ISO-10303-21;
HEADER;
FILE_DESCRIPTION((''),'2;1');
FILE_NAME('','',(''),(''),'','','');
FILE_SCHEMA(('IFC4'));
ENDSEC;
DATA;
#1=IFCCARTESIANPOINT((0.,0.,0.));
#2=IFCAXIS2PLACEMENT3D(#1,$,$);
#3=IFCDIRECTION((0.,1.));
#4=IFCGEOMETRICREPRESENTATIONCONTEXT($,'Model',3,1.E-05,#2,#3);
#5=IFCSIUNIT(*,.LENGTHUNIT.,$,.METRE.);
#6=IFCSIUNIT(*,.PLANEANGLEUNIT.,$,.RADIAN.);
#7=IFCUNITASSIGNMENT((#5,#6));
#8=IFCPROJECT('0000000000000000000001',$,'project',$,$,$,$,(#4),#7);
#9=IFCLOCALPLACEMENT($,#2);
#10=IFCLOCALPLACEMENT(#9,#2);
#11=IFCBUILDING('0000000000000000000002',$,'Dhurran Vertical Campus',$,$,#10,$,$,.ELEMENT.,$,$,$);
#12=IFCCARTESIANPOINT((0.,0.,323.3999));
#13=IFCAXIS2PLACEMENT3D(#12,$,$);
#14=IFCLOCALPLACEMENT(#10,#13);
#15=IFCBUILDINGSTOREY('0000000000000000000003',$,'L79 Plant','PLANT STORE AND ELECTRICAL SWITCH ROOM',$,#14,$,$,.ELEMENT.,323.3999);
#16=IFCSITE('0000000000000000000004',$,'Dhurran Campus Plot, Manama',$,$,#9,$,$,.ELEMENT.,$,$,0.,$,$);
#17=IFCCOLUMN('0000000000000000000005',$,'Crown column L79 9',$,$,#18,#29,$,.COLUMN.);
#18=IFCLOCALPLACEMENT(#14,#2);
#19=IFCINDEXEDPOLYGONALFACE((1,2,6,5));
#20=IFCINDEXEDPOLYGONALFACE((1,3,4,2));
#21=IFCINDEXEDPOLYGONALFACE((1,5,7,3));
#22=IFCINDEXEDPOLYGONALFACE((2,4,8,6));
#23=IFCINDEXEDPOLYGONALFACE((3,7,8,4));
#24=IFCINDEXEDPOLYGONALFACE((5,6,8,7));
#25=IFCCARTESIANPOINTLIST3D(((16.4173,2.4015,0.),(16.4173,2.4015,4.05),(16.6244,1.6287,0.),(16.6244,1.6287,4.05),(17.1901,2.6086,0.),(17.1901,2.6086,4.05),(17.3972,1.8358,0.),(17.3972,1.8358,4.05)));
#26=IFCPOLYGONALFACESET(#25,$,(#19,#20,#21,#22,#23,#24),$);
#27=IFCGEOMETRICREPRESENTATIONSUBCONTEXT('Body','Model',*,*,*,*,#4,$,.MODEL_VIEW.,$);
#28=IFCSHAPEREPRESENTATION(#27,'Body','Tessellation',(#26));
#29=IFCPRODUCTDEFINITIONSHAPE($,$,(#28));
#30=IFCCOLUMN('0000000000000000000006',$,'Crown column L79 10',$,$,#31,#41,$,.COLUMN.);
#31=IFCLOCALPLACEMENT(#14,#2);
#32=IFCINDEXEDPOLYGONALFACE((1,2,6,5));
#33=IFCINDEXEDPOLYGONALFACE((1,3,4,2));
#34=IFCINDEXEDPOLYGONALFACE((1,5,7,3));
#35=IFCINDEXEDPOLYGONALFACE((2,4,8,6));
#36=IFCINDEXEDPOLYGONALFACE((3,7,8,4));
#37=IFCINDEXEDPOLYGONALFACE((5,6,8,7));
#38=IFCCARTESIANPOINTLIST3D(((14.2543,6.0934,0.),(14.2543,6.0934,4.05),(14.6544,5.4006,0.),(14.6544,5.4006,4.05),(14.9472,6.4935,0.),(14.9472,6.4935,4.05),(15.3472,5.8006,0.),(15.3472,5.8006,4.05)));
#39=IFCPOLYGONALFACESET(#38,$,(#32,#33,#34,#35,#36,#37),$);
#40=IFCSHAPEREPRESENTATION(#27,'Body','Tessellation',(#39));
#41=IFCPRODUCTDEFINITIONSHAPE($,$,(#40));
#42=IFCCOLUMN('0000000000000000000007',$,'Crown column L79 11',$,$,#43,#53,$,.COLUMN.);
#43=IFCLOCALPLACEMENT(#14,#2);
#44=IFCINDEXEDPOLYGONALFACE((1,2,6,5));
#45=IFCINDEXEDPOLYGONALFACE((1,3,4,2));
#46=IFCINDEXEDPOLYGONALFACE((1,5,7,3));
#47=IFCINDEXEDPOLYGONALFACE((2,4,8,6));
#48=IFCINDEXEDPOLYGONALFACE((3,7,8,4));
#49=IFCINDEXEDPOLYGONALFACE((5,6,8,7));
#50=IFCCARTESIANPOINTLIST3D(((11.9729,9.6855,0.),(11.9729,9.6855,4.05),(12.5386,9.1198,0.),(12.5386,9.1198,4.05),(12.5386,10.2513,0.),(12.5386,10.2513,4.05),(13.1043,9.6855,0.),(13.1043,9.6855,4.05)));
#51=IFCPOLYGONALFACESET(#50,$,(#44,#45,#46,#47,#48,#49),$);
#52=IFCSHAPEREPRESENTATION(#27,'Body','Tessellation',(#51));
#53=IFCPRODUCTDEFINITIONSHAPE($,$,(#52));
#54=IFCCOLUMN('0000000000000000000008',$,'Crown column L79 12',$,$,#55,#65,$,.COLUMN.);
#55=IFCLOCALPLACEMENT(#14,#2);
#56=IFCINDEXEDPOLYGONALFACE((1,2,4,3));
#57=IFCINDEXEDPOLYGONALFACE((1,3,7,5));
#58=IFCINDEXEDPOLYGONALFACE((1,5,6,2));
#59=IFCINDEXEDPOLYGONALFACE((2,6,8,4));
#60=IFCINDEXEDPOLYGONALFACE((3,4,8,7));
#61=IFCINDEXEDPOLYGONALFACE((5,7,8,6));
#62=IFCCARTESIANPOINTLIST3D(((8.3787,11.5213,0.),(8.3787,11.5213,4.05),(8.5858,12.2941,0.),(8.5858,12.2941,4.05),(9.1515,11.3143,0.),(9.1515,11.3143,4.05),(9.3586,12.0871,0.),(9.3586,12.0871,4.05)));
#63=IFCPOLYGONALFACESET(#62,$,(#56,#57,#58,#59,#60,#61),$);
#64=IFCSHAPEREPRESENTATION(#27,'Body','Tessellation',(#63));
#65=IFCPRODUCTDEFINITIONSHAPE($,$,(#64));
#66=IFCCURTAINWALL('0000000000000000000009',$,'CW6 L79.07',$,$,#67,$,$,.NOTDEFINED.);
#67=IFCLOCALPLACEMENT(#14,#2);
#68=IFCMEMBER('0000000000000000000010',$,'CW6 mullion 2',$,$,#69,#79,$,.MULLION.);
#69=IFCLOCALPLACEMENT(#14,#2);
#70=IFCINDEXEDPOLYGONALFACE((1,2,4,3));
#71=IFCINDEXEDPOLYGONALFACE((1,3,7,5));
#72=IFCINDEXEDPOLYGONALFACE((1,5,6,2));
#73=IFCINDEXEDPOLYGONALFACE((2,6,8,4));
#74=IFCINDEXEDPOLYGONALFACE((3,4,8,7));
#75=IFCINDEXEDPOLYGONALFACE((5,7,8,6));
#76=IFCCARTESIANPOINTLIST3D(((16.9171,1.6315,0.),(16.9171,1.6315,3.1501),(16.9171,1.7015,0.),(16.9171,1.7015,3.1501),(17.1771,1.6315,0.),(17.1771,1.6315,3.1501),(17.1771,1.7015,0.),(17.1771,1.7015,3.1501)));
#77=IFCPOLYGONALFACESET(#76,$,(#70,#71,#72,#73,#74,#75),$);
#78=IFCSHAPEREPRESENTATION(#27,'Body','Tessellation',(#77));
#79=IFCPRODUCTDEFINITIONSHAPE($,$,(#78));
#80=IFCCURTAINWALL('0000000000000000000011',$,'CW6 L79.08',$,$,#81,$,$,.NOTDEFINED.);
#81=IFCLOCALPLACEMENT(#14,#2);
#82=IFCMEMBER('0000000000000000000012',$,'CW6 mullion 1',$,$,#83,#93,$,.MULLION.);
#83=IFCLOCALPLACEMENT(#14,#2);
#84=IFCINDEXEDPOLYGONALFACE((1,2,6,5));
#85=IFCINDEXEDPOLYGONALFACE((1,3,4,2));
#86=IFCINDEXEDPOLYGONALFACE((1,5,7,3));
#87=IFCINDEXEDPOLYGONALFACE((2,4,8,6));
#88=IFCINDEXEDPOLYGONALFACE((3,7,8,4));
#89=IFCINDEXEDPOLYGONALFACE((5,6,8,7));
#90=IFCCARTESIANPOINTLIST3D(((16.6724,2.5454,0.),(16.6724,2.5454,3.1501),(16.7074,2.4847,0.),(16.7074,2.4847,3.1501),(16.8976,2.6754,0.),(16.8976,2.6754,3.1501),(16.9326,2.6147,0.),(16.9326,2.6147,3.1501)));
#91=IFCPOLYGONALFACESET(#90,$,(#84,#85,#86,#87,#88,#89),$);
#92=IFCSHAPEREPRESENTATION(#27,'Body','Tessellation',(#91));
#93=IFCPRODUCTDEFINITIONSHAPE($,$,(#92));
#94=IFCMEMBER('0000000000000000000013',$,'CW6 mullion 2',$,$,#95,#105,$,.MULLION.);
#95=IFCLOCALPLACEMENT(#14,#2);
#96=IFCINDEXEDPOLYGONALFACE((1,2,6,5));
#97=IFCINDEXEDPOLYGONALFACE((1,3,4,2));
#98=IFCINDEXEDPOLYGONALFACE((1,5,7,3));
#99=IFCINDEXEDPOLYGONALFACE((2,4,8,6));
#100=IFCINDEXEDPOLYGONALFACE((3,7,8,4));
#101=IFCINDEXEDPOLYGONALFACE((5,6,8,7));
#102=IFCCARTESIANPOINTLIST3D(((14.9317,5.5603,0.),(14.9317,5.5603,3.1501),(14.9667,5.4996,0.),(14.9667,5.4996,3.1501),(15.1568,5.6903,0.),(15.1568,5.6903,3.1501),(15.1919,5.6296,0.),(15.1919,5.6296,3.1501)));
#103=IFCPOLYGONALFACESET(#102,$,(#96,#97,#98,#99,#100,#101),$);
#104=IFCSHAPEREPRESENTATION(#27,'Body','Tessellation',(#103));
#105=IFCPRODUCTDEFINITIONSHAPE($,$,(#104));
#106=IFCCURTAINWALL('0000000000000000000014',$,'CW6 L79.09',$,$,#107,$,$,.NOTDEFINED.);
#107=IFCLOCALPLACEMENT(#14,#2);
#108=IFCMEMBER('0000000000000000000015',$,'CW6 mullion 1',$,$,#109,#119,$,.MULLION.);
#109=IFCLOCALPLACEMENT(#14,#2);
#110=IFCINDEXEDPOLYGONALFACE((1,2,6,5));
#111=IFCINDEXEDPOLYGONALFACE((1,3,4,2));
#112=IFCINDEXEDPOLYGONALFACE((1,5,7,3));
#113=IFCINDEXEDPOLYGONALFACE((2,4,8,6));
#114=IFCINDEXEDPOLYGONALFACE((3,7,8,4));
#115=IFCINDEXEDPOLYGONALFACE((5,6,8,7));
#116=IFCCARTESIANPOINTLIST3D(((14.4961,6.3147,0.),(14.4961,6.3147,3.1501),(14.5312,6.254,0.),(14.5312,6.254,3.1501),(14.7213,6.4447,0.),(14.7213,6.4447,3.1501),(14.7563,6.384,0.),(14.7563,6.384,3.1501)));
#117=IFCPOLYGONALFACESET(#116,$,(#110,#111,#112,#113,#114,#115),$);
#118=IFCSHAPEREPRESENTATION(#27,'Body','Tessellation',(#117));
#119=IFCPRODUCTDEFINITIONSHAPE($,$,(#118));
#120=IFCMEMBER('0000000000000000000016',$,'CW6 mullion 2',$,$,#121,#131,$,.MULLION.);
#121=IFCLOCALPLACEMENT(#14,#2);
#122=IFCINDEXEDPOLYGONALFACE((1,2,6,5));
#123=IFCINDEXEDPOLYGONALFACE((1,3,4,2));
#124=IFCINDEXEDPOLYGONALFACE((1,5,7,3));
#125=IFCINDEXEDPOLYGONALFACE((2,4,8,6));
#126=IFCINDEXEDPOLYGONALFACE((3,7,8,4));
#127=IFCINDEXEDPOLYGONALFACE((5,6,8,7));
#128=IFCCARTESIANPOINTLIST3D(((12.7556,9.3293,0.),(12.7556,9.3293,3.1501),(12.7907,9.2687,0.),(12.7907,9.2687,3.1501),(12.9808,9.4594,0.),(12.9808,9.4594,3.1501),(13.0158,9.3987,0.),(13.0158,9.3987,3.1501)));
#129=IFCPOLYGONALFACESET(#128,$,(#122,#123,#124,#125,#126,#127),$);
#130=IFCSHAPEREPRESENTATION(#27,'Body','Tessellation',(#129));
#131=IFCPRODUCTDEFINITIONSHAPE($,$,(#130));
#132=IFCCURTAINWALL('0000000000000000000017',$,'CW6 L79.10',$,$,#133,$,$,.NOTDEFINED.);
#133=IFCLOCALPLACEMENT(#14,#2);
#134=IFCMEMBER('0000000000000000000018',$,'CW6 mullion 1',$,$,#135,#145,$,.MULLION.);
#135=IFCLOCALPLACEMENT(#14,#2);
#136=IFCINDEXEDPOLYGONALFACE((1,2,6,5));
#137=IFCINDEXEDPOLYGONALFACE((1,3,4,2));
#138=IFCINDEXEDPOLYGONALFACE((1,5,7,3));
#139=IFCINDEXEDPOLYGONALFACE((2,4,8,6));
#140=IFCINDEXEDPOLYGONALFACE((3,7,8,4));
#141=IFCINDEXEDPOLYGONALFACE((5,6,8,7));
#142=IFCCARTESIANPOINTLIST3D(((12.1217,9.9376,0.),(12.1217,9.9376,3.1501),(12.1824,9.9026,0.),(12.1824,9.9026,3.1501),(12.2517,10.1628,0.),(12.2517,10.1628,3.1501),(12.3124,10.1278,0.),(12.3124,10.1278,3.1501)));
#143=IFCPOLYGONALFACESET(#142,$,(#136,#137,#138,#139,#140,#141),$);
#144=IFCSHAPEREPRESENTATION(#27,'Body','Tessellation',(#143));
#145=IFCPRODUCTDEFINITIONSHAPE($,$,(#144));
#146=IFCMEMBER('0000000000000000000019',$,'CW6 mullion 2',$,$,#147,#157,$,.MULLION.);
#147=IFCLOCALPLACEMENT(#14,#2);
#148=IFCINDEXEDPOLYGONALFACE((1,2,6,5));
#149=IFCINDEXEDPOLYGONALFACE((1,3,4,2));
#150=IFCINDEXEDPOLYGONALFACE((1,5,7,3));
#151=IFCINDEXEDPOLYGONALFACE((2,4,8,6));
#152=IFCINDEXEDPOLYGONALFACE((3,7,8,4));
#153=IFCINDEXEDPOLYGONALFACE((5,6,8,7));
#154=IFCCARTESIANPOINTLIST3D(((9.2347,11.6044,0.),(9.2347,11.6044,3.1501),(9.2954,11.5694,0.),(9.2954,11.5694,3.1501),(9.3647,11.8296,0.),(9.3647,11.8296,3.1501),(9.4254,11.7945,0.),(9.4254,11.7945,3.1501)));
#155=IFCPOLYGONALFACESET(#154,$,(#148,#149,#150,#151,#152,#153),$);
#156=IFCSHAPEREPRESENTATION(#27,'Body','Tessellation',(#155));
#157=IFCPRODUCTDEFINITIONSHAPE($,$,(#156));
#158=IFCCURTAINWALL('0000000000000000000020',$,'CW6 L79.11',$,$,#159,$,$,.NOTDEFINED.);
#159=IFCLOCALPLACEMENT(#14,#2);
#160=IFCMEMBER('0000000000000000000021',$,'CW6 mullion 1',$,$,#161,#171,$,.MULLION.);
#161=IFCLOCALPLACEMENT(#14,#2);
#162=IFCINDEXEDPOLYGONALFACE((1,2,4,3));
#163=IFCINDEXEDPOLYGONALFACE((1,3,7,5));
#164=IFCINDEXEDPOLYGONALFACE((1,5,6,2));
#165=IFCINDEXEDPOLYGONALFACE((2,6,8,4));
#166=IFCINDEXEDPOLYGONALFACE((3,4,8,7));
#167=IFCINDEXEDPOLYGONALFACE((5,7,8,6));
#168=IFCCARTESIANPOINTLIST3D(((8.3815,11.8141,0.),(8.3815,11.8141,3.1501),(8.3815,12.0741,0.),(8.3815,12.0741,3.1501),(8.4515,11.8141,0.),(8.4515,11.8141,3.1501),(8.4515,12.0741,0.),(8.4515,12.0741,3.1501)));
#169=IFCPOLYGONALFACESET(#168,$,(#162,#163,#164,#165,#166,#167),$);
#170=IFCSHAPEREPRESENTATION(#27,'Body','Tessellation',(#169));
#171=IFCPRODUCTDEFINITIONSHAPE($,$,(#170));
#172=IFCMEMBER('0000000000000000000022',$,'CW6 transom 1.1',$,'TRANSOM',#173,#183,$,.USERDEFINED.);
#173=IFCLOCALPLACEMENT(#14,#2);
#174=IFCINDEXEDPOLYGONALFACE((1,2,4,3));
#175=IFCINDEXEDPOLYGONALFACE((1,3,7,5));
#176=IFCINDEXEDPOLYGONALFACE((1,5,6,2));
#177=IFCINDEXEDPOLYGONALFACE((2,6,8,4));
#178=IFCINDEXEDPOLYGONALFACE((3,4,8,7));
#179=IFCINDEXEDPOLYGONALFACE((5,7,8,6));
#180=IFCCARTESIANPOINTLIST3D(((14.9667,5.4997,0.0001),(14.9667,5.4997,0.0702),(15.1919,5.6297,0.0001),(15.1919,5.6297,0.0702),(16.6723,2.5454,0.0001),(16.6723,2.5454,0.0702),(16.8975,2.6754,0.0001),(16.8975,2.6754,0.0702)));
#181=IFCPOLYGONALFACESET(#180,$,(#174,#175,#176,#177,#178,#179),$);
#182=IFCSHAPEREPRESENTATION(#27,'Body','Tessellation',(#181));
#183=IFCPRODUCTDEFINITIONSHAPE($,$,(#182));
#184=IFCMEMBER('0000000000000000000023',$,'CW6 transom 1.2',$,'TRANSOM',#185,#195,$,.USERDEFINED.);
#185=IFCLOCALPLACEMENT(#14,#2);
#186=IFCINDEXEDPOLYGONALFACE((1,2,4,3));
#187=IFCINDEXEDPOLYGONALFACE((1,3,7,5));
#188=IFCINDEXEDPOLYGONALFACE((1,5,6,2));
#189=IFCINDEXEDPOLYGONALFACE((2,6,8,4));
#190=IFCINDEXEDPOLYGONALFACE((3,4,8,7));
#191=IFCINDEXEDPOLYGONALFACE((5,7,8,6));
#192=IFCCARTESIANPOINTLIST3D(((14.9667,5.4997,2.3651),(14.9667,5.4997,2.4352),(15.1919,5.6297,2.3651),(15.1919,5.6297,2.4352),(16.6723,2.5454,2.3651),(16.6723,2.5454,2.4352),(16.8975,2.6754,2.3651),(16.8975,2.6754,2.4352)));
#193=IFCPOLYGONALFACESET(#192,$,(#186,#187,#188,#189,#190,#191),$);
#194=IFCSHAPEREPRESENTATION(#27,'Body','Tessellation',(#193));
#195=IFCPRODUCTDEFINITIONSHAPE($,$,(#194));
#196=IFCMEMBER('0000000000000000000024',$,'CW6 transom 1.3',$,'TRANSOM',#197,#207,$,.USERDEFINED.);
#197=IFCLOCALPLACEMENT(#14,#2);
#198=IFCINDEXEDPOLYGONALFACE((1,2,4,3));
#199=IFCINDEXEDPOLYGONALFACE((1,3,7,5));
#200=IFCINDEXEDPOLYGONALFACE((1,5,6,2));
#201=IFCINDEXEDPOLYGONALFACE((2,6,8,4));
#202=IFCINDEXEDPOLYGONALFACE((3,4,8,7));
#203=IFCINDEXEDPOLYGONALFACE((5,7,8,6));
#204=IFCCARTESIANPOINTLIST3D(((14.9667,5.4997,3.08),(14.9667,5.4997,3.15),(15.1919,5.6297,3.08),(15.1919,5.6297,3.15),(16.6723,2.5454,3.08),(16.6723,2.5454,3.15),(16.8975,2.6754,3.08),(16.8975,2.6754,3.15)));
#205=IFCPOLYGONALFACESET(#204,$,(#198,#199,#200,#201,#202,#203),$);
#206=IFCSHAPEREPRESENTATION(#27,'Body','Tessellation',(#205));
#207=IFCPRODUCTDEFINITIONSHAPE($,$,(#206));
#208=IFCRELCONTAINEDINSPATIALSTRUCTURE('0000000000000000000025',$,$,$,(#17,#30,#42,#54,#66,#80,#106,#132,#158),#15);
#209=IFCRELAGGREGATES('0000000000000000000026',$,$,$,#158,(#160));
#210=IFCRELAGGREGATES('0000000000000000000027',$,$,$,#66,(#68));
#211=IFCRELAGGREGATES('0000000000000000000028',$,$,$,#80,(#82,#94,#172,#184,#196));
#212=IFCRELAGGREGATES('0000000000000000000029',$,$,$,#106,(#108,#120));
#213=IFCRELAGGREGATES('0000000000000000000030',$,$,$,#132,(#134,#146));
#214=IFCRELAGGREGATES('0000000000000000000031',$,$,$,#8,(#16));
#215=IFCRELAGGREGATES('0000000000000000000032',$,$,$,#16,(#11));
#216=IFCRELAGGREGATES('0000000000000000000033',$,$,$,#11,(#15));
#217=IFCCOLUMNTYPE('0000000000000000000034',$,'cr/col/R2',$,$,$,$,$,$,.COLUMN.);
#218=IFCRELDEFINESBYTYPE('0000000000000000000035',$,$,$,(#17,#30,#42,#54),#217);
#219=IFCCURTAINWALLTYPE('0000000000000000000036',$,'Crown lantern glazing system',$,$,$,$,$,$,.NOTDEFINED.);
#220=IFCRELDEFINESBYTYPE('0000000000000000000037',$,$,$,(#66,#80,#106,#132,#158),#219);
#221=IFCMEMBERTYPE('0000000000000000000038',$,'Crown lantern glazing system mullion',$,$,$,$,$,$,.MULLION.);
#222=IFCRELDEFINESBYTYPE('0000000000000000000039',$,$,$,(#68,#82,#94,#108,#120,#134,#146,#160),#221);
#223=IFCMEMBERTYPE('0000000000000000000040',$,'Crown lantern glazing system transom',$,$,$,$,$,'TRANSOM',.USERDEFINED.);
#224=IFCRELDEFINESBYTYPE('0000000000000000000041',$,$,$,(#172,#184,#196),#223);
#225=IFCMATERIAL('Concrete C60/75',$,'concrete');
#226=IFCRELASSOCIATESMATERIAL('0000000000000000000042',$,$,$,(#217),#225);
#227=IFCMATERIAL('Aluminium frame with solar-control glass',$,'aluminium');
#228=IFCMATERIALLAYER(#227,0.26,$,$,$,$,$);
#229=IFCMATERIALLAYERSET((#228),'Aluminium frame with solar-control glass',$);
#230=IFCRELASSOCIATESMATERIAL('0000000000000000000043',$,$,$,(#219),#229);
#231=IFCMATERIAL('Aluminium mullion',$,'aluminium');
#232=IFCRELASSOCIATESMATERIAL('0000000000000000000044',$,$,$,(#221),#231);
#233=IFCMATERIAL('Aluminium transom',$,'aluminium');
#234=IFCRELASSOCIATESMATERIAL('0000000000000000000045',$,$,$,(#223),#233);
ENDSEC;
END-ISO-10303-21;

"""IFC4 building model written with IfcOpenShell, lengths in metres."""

from ifc_helpers import new_model, si_unit, direction, frame, origin, origin_2d, place, context, subcontext, project, spatial, rectangle, extrude, material, layer, layer_set, material_profile, profile_set, type_object, element, aggregate, save


model = new_model("IFC4")

# Units and contexts
model_context = context("Model", 3, precision=1e-05, world=origin(), true_north=direction((0.0, 1.0)))
body_context = subcontext(model_context, "Body", "Model", "MODEL_VIEW")
ifc_project = project(units=[si_unit("LENGTHUNIT", "METRE"), si_unit("PLANEANGLEUNIT", "RADIAN")], contexts=[model_context])

# Site, building, storey
site_placement = place(None, origin())
site = spatial("IfcSite", under=ifc_project, at=site_placement, Name="Dhurran Campus Plot, Manama", CompositionType="ELEMENT", RefElevation=0.0)
building_placement = place(site_placement, origin())
building = spatial("IfcBuilding", under=site, at=building_placement, Name="Dhurran Vertical Campus", CompositionType="ELEMENT")
storey_placement = place(building_placement, frame((0.0, 0.0, 323.3999)))
storey = spatial("IfcBuildingStorey", under=building, at=storey_placement, Name="L79 Plant", Description="PLANT STORE AND ELECTRICAL SWITCH ROOM", CompositionType="ELEMENT", Elevation=323.3999)

# Columns
ifc_material_1 = material(Name="Concrete C60/75", Category="concrete")
ifc_material_profile_1 = material_profile(ifc_material_1, rectangle(XDim=0.8, YDim=0.8, at=origin_2d()), Name="cr/col/R2")
ifc_profile_set_1 = profile_set([ifc_material_profile_1], Name="Concrete C60/75")
column_type = type_object("IfcColumnType", Name="cr/col/R2", PredefinedType="COLUMN", material=ifc_profile_set_1)
for number, where, z_axis, x_axis, name in (
    (1, (16.9072, 2.1187, 0.0), (0.0, 0.0, 1.0), (-0.258819, 0.965926, 0.0), "Crown column L79 9"),
    (2, (14.8008, 5.947, 0.0), (0.0, 0.0, 1.0), (-0.5, 0.866025, 0.0), "Crown column L79 10"),
    (3, (12.5386, 9.6855, 0.0), (0.0, 0.0, 1.0), (-0.707107, 0.707107, 0.0), "Crown column L79 11"),
    (4, (8.8687, 11.8042, 0.0), (0.0, 0.0, 1.0), (-0.965926, 0.258819, 0.0), "Crown column L79 12"),
):
    element("IfcColumn", number, at=place(storey_placement, frame(where, z_axis=z_axis, x_axis=x_axis)), inside=storey, type_object=column_type, Name=name, PredefinedType="COLUMN", context=body_context, shape_type="SweptSolid", body=[
        extrude(rectangle(XDim=0.8, YDim=0.8, at=origin_2d()), origin(), (0.0, 0.0, 1.0), 4.05),
    ])

# Curtain wall, member
ifc_material_2 = material(Name="Aluminium frame with solar-control glass", Category="aluminium")
ifc_layer_1 = layer(ifc_material_2, 0.26)
ifc_layer_set_1 = layer_set([ifc_layer_1], Name="Aluminium frame with solar-control glass")
curtain_wall_type = type_object("IfcCurtainWallType", Name="Crown lantern glazing system", PredefinedType="NOTDEFINED", material=ifc_layer_set_1)
curtain_wall_1_placement = place(storey_placement, origin())
curtain_wall_1 = element("IfcCurtainWall", 5, at=curtain_wall_1_placement, inside=storey, type_object=curtain_wall_type, Name="CW6 L79.07", PredefinedType="NOTDEFINED")
ifc_material_3 = material(Name="Aluminium mullion", Category="aluminium")
ifc_material_profile_2 = material_profile(ifc_material_3, rectangle(XDim=0.26, YDim=0.0701, at=origin_2d()), Name="Crown lantern glazing system mullion")
ifc_profile_set_2 = profile_set([ifc_material_profile_2], Name="Aluminium mullion")
member_type_1 = type_object("IfcMemberType", Name="Crown lantern glazing system mullion", PredefinedType="MULLION", material=ifc_profile_set_2)
member_1_placement = place(storey_placement, frame((17.0471, 1.6665, 0.0), z_axis=(0.0, 0.0, 1.0), x_axis=(-1.0, 0.0, 0.0)))
member_1 = element("IfcMember", 6, at=member_1_placement, type_object=member_type_1, Name="CW6 mullion 2", PredefinedType="MULLION", context=body_context, shape_type="SweptSolid", body=[
    extrude(rectangle(XDim=0.26, YDim=0.0701, at=origin_2d()), origin(), (0.0, 0.0, 1.0), 3.1501),
])

# Curtain walls, members
curtain_wall_2_placement = place(storey_placement, origin())
curtain_wall_2 = element("IfcCurtainWall", 7, at=curtain_wall_2_placement, inside=storey, type_object=curtain_wall_type, Name="CW6 L79.08", PredefinedType="NOTDEFINED")
member_2_placement = place(storey_placement, frame((16.8025, 2.5801, 0.0), z_axis=(0.0, 0.0, 1.0), x_axis=(-0.86603, -0.499991, 0.0)))
member_2 = element("IfcMember", 8, at=member_2_placement, type_object=member_type_1, Name="CW6 mullion 1", PredefinedType="MULLION", context=body_context, shape_type="SweptSolid", body=[
    extrude(rectangle(XDim=0.26, YDim=0.0701, at=origin_2d()), origin(), (0.0, 0.0, 1.0), 3.1501),
])
member_3_placement = place(storey_placement, frame((15.0618, 5.595, 0.0), z_axis=(0.0, 0.0, 1.0), x_axis=(-0.86603, -0.499991, 0.0)))
member_3 = element("IfcMember", 9, at=member_3_placement, type_object=member_type_1, Name="CW6 mullion 2", PredefinedType="MULLION", context=body_context, shape_type="SweptSolid", body=[
    extrude(rectangle(XDim=0.26, YDim=0.0701, at=origin_2d()), origin(), (0.0, 0.0, 1.0), 3.1501),
])
curtain_wall_3_placement = place(storey_placement, origin())
curtain_wall_3 = element("IfcCurtainWall", 10, at=curtain_wall_3_placement, inside=storey, type_object=curtain_wall_type, Name="CW6 L79.09", PredefinedType="NOTDEFINED")
member_4_placement = place(storey_placement, frame((14.6262, 6.3494, 0.0), z_axis=(0.0, 0.0, 1.0), x_axis=(-0.866016, -0.500016, 0.0)))
member_4 = element("IfcMember", 11, at=member_4_placement, type_object=member_type_1, Name="CW6 mullion 1", PredefinedType="MULLION", context=body_context, shape_type="SweptSolid", body=[
    extrude(rectangle(XDim=0.26, YDim=0.0701, at=origin_2d()), origin(), (0.0, 0.0, 1.0), 3.1501),
])
member_5_placement = place(storey_placement, frame((12.8857, 9.364, 0.0), z_axis=(0.0, 0.0, 1.0), x_axis=(-0.866016, -0.500016, 0.0)))
member_5 = element("IfcMember", 12, at=member_5_placement, type_object=member_type_1, Name="CW6 mullion 2", PredefinedType="MULLION", context=body_context, shape_type="SweptSolid", body=[
    extrude(rectangle(XDim=0.26, YDim=0.0701, at=origin_2d()), origin(), (0.0, 0.0, 1.0), 3.1501),
])
curtain_wall_4_placement = place(storey_placement, origin())
curtain_wall_4 = element("IfcCurtainWall", 13, at=curtain_wall_4_placement, inside=storey, type_object=curtain_wall_type, Name="CW6 L79.10", PredefinedType="NOTDEFINED")
member_6_placement = place(storey_placement, frame((12.217, 10.0327, 0.0), z_axis=(0.0, 0.0, 1.0), x_axis=(-0.499991, -0.86603, 0.0)))
member_6 = element("IfcMember", 14, at=member_6_placement, type_object=member_type_1, Name="CW6 mullion 1", PredefinedType="MULLION", context=body_context, shape_type="SweptSolid", body=[
    extrude(rectangle(XDim=0.26, YDim=0.0701, at=origin_2d()), origin(), (0.0, 0.0, 1.0), 3.1501),
])
member_7_placement = place(storey_placement, frame((9.3301, 11.6995, 0.0), z_axis=(0.0, 0.0, 1.0), x_axis=(-0.499991, -0.86603, 0.0)))
member_7 = element("IfcMember", 15, at=member_7_placement, type_object=member_type_1, Name="CW6 mullion 2", PredefinedType="MULLION", context=body_context, shape_type="SweptSolid", body=[
    extrude(rectangle(XDim=0.26, YDim=0.0701, at=origin_2d()), origin(), (0.0, 0.0, 1.0), 3.1501),
])

# Curtain wall, member
curtain_wall_5_placement = place(storey_placement, origin())
curtain_wall_5 = element("IfcCurtainWall", 16, at=curtain_wall_5_placement, inside=storey, type_object=curtain_wall_type, Name="CW6 L79.11", PredefinedType="NOTDEFINED")
member_8_placement = place(storey_placement, frame((8.4165, 11.9441, 0.0), z_axis=(0.0, 0.0, 1.0), x_axis=(0.0, -1.0, 0.0)))
member_8 = element("IfcMember", 17, at=member_8_placement, type_object=member_type_1, Name="CW6 mullion 1", PredefinedType="MULLION", context=body_context, shape_type="SweptSolid", body=[
    extrude(rectangle(XDim=0.26, YDim=0.0701, at=origin_2d()), origin(), (0.0, 0.0, 1.0), 3.1501),
])

# Members
ifc_material_4 = material(Name="Aluminium transom", Category="aluminium")
ifc_material_profile_3 = material_profile(ifc_material_4, rectangle(XDim=0.26, YDim=0.0701, at=origin_2d()), Name="Crown lantern glazing system transom")
ifc_profile_set_3 = profile_set([ifc_material_profile_3], Name="Aluminium transom")
member_type_2 = type_object("IfcMemberType", Name="Crown lantern glazing system transom", ElementType="TRANSOM", PredefinedType="USERDEFINED", material=ifc_profile_set_3)
member_9_placement = place(storey_placement, frame((16.7849, 2.6104, 0.0352), z_axis=(-0.499972, 0.866041, 0.0), x_axis=(-0.866041, -0.499972, 0.0)))
member_9 = element("IfcMember", 18, at=member_9_placement, type_object=member_type_2, Name="CW6 transom 1.1", ObjectType="TRANSOM", PredefinedType="USERDEFINED", context=body_context, shape_type="SweptSolid", body=[
    extrude(rectangle(XDim=0.26, YDim=0.0701, at=origin_2d()), origin(), (0.0, 0.0, 1.0), 3.4114),
])
member_10_placement = place(storey_placement, frame((16.7849, 2.6104, 2.4001), z_axis=(-0.499972, 0.866041, 0.0), x_axis=(-0.866041, -0.499972, 0.0)))
member_10 = element("IfcMember", 19, at=member_10_placement, type_object=member_type_2, Name="CW6 transom 1.2", ObjectType="TRANSOM", PredefinedType="USERDEFINED", context=body_context, shape_type="SweptSolid", body=[
    extrude(rectangle(XDim=0.26, YDim=0.0701, at=origin_2d()), origin(), (0.0, 0.0, 1.0), 3.4114),
])
member_11_placement = place(storey_placement, frame((16.7849, 2.6104, 3.115), z_axis=(-0.499972, 0.866041, 0.0), x_axis=(-0.866041, -0.499972, 0.0)))
member_11 = element("IfcMember", 20, at=member_11_placement, type_object=member_type_2, Name="CW6 transom 1.3", ObjectType="TRANSOM", PredefinedType="USERDEFINED", context=body_context, shape_type="SweptSolid", body=[
    extrude(rectangle(XDim=0.26, YDim=0.0701, at=origin_2d()), origin(), (0.0, 0.0, 1.0), 3.4114),
])
aggregate(curtain_wall_5, [member_8])

aggregate(curtain_wall_1, [member_1])
aggregate(curtain_wall_2, [member_2, member_3, member_9, member_10, member_11])
aggregate(curtain_wall_3, [member_4, member_5])
aggregate(curtain_wall_4, [member_6, member_7])

save(model, "model.ifc")
